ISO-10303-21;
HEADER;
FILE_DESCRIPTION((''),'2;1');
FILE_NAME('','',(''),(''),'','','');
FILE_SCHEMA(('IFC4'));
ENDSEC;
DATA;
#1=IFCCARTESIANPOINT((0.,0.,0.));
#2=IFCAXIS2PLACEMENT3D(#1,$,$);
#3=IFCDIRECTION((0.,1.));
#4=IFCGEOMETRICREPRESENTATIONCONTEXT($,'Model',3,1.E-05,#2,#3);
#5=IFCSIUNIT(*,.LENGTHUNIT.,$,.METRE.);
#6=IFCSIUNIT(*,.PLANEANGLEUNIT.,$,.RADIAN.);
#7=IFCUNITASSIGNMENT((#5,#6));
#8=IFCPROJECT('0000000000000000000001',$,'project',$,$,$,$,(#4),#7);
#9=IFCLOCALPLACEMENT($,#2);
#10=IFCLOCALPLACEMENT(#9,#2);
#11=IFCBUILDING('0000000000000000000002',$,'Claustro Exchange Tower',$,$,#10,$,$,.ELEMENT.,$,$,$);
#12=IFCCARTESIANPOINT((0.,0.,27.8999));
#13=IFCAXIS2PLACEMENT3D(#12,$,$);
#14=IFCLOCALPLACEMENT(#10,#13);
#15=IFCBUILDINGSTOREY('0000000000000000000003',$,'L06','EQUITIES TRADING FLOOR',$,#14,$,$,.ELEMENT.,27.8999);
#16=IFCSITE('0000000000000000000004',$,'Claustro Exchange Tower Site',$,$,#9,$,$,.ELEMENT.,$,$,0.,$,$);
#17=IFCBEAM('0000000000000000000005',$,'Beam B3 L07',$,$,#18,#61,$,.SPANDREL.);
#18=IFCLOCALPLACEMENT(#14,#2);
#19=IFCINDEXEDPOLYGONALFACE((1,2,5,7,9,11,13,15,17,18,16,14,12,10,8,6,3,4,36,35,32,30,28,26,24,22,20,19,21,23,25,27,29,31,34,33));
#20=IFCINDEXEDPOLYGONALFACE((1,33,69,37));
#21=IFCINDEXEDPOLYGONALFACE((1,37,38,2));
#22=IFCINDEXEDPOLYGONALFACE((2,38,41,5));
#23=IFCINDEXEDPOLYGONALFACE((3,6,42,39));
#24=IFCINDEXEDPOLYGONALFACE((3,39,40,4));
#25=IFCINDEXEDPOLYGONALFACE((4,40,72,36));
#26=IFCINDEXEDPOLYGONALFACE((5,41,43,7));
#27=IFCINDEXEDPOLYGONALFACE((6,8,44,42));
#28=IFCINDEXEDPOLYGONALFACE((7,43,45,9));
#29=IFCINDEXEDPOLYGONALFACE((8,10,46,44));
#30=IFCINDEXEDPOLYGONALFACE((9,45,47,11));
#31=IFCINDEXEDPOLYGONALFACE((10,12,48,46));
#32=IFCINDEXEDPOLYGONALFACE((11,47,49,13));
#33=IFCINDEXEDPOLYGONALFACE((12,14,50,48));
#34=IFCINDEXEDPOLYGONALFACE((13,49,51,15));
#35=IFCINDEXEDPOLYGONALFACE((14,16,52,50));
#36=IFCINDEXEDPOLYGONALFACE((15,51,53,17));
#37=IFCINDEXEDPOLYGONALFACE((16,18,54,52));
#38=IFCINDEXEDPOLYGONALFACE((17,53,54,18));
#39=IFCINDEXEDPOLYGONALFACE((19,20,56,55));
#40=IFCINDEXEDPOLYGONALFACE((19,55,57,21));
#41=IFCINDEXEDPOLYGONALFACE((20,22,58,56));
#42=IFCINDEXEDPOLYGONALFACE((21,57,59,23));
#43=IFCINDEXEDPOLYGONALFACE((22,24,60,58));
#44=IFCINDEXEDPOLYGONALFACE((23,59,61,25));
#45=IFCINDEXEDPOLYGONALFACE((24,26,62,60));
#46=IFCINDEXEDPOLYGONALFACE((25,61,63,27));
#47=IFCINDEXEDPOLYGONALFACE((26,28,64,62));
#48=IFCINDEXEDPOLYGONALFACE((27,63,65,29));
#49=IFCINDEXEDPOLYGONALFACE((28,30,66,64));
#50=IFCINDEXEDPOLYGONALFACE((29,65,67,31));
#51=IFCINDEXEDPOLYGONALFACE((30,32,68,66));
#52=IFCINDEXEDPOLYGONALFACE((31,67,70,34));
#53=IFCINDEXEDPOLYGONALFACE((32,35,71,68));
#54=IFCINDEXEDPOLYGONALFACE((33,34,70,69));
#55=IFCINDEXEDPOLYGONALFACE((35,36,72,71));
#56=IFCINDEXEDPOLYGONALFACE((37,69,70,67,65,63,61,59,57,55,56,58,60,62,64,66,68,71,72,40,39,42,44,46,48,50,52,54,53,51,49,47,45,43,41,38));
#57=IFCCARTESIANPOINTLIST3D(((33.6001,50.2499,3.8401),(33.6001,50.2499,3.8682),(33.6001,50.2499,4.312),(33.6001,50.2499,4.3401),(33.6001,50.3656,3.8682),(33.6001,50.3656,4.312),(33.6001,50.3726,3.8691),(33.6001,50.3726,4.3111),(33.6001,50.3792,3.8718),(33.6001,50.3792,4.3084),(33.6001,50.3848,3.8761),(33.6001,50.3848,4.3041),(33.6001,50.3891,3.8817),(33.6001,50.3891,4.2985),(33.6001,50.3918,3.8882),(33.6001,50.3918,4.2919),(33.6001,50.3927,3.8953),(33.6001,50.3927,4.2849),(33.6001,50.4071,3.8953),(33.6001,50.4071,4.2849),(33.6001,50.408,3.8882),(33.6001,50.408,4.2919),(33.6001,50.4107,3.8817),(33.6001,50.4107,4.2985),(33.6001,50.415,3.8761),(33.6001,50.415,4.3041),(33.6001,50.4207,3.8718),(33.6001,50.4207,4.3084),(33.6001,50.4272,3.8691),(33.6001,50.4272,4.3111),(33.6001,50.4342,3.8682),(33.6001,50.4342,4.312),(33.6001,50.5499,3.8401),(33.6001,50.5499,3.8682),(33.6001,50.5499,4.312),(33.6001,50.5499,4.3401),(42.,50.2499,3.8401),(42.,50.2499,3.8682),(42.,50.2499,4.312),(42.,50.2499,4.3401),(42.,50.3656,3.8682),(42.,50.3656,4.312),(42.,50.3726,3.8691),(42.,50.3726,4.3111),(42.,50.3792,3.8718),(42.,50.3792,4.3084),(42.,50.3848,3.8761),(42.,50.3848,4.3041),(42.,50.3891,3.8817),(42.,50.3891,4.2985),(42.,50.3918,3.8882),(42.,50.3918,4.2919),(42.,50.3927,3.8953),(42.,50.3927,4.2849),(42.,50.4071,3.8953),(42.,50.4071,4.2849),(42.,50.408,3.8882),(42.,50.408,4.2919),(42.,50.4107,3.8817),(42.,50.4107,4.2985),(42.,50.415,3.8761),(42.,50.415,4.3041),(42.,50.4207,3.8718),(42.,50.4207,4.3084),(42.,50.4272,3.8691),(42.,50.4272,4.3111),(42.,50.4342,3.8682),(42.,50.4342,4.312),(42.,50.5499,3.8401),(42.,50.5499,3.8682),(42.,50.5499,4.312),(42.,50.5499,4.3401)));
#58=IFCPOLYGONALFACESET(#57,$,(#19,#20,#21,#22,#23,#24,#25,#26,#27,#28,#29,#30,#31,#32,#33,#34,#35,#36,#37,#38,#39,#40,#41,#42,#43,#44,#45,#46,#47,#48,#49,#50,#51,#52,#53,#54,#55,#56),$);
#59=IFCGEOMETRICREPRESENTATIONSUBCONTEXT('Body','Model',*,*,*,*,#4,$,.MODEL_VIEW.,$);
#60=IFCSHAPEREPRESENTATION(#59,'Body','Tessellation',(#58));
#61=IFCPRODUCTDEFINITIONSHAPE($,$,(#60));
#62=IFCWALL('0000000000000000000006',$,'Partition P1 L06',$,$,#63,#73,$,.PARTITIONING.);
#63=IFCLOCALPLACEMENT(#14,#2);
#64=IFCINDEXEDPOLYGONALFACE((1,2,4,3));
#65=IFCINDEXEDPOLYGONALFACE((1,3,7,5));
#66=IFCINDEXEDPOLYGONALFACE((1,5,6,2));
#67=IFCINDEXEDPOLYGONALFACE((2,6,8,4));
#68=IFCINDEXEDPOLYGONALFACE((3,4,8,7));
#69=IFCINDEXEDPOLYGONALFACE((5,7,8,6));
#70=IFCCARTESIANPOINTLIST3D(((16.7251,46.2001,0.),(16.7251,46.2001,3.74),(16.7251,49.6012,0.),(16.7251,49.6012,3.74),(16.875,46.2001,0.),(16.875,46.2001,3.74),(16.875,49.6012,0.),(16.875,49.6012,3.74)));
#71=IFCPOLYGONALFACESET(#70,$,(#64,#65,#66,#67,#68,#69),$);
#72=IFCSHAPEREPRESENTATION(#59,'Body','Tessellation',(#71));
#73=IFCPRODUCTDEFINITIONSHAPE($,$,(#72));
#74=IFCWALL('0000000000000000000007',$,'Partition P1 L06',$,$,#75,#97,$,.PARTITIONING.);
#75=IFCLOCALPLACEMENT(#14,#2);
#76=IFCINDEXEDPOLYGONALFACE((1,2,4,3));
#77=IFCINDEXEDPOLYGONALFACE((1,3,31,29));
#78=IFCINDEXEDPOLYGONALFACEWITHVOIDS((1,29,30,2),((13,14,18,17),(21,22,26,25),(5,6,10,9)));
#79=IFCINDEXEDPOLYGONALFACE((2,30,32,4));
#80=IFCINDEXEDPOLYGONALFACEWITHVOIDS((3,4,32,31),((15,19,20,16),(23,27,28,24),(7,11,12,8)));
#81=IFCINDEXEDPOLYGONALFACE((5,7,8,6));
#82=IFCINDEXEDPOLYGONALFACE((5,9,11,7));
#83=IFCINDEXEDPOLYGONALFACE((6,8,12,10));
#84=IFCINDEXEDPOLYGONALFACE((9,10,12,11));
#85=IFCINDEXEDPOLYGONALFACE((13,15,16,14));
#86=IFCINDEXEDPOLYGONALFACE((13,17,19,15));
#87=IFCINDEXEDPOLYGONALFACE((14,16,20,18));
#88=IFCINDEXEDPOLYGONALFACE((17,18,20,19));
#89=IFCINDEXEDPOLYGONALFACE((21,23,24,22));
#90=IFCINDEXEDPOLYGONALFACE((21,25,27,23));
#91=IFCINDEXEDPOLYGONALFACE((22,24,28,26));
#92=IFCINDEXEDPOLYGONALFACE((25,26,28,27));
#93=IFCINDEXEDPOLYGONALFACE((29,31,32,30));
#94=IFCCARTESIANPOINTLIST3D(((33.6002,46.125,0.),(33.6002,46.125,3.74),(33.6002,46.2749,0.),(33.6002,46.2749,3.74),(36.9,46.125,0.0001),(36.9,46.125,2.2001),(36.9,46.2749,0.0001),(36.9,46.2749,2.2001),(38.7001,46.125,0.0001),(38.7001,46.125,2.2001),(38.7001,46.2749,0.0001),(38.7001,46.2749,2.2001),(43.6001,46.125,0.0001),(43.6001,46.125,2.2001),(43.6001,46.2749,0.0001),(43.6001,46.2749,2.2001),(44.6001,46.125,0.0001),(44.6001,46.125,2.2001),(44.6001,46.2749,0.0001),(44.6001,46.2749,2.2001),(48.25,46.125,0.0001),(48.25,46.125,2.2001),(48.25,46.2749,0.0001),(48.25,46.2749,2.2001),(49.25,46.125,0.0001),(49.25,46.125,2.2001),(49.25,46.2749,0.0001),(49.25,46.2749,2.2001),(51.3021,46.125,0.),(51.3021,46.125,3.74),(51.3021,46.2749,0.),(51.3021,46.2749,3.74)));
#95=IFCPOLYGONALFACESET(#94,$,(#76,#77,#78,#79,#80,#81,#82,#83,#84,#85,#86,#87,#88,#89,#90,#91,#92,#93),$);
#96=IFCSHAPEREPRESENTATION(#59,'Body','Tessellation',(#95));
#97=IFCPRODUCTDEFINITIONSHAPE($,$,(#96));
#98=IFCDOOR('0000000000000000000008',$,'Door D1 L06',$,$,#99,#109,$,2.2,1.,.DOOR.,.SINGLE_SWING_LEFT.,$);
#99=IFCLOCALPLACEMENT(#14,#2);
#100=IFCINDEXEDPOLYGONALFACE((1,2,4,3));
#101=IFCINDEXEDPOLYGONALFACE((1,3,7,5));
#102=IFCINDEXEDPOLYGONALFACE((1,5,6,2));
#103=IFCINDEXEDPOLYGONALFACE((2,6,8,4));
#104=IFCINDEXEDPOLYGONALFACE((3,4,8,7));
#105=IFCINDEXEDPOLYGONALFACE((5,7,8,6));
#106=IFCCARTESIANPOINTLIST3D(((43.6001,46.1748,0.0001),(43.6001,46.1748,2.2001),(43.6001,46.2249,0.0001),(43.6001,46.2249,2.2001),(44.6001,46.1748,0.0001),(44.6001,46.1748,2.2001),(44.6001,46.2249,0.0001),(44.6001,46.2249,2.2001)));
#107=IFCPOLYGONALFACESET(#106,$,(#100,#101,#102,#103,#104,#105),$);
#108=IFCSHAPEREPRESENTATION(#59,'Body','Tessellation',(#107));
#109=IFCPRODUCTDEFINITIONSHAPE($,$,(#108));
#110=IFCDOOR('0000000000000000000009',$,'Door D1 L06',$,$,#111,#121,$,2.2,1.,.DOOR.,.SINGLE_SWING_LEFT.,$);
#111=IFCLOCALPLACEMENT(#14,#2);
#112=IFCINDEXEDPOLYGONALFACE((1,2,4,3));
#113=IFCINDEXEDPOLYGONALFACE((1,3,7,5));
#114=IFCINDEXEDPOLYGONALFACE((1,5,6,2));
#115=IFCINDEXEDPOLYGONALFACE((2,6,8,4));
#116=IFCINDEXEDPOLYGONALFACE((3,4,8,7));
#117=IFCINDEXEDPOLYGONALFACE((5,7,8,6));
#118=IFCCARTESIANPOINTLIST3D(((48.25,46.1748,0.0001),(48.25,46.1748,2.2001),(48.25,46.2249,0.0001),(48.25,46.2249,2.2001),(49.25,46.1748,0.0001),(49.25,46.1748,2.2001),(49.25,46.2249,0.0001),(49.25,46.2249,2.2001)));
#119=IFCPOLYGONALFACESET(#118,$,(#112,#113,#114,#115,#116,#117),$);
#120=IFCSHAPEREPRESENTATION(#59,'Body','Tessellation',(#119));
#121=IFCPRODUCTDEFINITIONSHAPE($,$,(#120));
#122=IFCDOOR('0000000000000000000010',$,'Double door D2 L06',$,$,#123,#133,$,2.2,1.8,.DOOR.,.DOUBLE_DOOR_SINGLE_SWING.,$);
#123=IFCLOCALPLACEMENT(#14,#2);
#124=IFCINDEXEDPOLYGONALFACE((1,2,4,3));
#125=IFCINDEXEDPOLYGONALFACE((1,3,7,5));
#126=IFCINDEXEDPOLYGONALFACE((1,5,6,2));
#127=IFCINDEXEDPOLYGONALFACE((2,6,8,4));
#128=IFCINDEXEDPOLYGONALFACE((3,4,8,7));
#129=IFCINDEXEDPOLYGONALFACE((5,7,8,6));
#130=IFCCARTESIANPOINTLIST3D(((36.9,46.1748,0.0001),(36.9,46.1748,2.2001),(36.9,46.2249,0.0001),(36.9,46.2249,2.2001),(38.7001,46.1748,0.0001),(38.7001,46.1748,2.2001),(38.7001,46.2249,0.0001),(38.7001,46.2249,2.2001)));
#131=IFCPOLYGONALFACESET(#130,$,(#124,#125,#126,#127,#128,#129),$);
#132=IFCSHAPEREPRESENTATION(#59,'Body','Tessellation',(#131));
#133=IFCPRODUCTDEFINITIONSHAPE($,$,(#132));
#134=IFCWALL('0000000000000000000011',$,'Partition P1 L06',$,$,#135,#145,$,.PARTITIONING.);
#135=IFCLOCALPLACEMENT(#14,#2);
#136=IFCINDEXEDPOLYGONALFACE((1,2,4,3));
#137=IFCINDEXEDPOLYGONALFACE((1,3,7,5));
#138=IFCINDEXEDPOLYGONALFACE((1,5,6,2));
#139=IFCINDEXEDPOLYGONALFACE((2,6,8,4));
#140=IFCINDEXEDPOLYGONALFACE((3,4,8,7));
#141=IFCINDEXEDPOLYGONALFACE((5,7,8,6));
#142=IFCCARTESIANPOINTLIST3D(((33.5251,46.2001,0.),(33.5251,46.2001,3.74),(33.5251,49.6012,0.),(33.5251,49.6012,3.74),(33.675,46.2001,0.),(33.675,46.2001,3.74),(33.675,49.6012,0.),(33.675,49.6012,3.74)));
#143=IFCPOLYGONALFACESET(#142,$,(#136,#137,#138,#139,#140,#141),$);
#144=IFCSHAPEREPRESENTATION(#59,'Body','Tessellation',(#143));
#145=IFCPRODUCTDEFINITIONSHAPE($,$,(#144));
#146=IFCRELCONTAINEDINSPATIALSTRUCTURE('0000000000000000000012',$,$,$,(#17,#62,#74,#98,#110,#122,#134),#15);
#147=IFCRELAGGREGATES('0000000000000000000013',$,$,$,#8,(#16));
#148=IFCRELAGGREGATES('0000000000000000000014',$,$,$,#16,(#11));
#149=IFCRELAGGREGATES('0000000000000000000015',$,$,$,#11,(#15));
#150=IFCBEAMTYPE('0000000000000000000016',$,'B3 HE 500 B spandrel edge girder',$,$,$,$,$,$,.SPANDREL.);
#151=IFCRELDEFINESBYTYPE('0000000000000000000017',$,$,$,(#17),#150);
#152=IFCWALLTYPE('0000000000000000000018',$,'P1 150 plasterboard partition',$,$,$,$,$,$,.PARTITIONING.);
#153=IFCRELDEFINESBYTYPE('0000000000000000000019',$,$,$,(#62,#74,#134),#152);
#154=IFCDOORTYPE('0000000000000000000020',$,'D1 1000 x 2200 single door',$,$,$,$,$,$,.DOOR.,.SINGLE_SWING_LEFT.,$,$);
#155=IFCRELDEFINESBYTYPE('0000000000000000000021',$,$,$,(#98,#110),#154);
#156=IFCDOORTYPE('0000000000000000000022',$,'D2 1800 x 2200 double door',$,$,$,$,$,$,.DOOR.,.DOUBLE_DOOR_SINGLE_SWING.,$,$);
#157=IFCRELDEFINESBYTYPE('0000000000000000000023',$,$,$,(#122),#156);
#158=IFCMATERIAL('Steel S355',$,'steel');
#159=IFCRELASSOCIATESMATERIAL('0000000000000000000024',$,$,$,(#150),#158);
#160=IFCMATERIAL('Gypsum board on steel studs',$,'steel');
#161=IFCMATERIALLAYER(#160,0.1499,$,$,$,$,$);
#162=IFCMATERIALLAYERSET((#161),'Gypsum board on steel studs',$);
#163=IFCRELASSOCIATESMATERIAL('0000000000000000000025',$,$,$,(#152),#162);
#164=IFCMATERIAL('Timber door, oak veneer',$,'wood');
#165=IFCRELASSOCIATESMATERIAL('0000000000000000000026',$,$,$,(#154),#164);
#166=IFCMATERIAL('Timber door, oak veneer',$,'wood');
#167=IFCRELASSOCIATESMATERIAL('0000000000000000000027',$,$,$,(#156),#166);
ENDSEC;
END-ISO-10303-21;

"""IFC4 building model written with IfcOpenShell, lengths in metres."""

from ifc_helpers import new_model, si_unit, direction, frame, frame_2d, origin, origin_2d, place, context, subcontext, project, spatial, rectangle, i_section, extrude, material, layer, layer_set, material_profile, profile_set, type_object, element, fill, save


model = new_model("IFC4")

# Units and contexts
model_context = context("Model", 3, precision=1e-05, world=origin(), true_north=direction((0.0, 1.0)))
body_context = subcontext(model_context, "Body", "Model", "MODEL_VIEW")
ifc_project = project(units=[si_unit("LENGTHUNIT", "METRE"), si_unit("PLANEANGLEUNIT", "RADIAN")], contexts=[model_context])

# Site, building, storey
site_placement = place(None, origin())
site = spatial("IfcSite", under=ifc_project, at=site_placement, Name="Claustro Exchange Tower Site", CompositionType="ELEMENT", RefElevation=0.0)
building_placement = place(site_placement, origin())
building = spatial("IfcBuilding", under=site, at=building_placement, Name="Claustro Exchange Tower", CompositionType="ELEMENT")
storey_placement = place(building_placement, frame((0.0, 0.0, 27.8999)))
storey = spatial("IfcBuildingStorey", under=building, at=storey_placement, Name="L06", Description="EQUITIES TRADING FLOOR", CompositionType="ELEMENT", Elevation=27.8999)

# Beam
ifc_material_1 = material(Name="Steel S355", Category="steel")
ifc_material_profile_1 = material_profile(ifc_material_1, i_section(OverallWidth=0.3, OverallDepth=0.5, WebThickness=0.0144, FlangeThickness=0.0281, FilletRadius=0.0271, at=origin_2d()), Name="HE 500 B")
ifc_profile_set_1 = profile_set([ifc_material_profile_1], Name="Steel S355")
beam_type_1 = type_object("IfcBeamType", Name="B3 HE 500 B spandrel edge girder", PredefinedType="SPANDREL", material=ifc_profile_set_1)
beam_1_placement = place(storey_placement, frame((33.6001, 50.3999, 4.0901), z_axis=(1.0, 0.0, 0.0), x_axis=(0.0, 1.0, 0.0)))
element("IfcBeam", 1, at=beam_1_placement, inside=storey, type_object=beam_type_1, Name="Beam B3 L07", PredefinedType="SPANDREL", context=body_context, shape_type="SweptSolid", body=[
    extrude(i_section(OverallWidth=0.3, OverallDepth=0.5, WebThickness=0.0144, FlangeThickness=0.0281, FilletRadius=0.0271, at=origin_2d()), origin(), (0.0, 0.0, 1.0), 8.3999),
])

# Wall
ifc_material_2 = material(Name="Gypsum board on steel studs", Category="steel")
ifc_layer_1 = layer(ifc_material_2, 0.1499)
ifc_layer_set_1 = layer_set([ifc_layer_1], Name="Gypsum board on steel studs")
wall_type_1 = type_object("IfcWallType", Name="P1 150 plasterboard partition", PredefinedType="PARTITIONING", material=ifc_layer_set_1)
wall_1_placement = place(storey_placement, frame((16.8, 46.2, 0.0), z_axis=(0.0, 0.0, 1.0), x_axis=(0.0, 1.0, 0.0)))
element("IfcWall", 2, at=wall_1_placement, inside=storey, type_object=wall_type_1, Name="Partition P1 L06", PredefinedType="PARTITIONING", context=body_context, shape_type="SweptSolid", body=[
    extrude(rectangle(XDim=3.4011, YDim=0.1499, at=frame_2d((1.7007, 0.0))), origin(), (0.0, 0.0, 1.0), 3.74),
])

# Wall, openings, doors
wall_2_placement = place(storey_placement, frame((33.6001, 46.2, 0.0), z_axis=(0.0, 0.0, 1.0), x_axis=(1.0, 0.0, 0.0)))
wall_2 = element("IfcWall", 3, at=wall_2_placement, inside=storey, type_object=wall_type_1, Name="Partition P1 L06", PredefinedType="PARTITIONING", context=body_context, shape_type="SweptSolid", body=[
    extrude(rectangle(XDim=17.7019, YDim=0.1499, at=frame_2d((8.8511, 0.0))), origin(), (0.0, 0.0, 1.0), 3.74),
])
opening_1_placement = place(wall_2_placement, frame((3.3, 0.0, 0.0)))
opening_1 = element("IfcOpeningElement", 4, at=opening_1_placement, cuts=wall_2, PredefinedType="OPENING", context=body_context, shape_type="SweptSolid", body=[
    extrude(rectangle(XDim=1.8, YDim=2.2, at=frame_2d((0.8999, 1.1001))), frame((0.0, 0.085, 0.0), z_axis=(0.0, -1.0, 0.0), x_axis=(1.0, 0.0, 0.0)), (0.0, 0.0, 1.0), 0.1699),
])
opening_2_placement = place(wall_2_placement, frame((10.0, 0.0, 0.0)))
opening_2 = element("IfcOpeningElement", 5, at=opening_2_placement, cuts=wall_2, PredefinedType="OPENING", context=body_context, shape_type="SweptSolid", body=[
    extrude(rectangle(XDim=1.0, YDim=2.2, at=frame_2d((0.5, 1.1001))), frame((0.0, 0.085, 0.0), z_axis=(0.0, -1.0, 0.0), x_axis=(1.0, 0.0, 0.0)), (0.0, 0.0, 1.0), 0.1699),
])
opening_3_placement = place(wall_2_placement, frame((14.6499, 0.0, 0.0)))
opening_3 = element("IfcOpeningElement", 6, at=opening_3_placement, cuts=wall_2, PredefinedType="OPENING", context=body_context, shape_type="SweptSolid", body=[
    extrude(rectangle(XDim=1.0, YDim=2.2, at=frame_2d((0.5, 1.1001))), frame((0.0, 0.085, 0.0), z_axis=(0.0, -1.0, 0.0), x_axis=(1.0, 0.0, 0.0)), (0.0, 0.0, 1.0), 0.1699),
])
ifc_material_3 = material(Name="Timber door, oak veneer", Category="wood")
door_type_1 = type_object("IfcDoorType", Name="D1 1000 x 2200 single door", OperationType="SINGLE_SWING_LEFT", PredefinedType="DOOR", material=ifc_material_3)
door_1_placement = place(opening_2_placement, origin())
door_1 = element("IfcDoor", 7, at=door_1_placement, inside=storey, type_object=door_type_1, Name="Door D1 L06", OperationType="SINGLE_SWING_LEFT", OverallHeight=2.2, OverallWidth=1.0, PredefinedType="DOOR", context=body_context, shape_type="SweptSolid", body=[
    extrude(rectangle(XDim=1.0, YDim=2.2, at=frame_2d((0.5, 1.1001))), frame((0.0, 0.0249, 0.0), z_axis=(0.0, -1.0, 0.0), x_axis=(1.0, 0.0, 0.0)), (0.0, 0.0, 1.0), 0.05),
])
fill(opening_2, door_1)
door_2_placement = place(opening_3_placement, origin())
door_2 = element("IfcDoor", 8, at=door_2_placement, inside=storey, type_object=door_type_1, Name="Door D1 L06", OperationType="SINGLE_SWING_LEFT", OverallHeight=2.2, OverallWidth=1.0, PredefinedType="DOOR", context=body_context, shape_type="SweptSolid", body=[
    extrude(rectangle(XDim=1.0, YDim=2.2, at=frame_2d((0.5, 1.1001))), frame((0.0, 0.0249, 0.0), z_axis=(0.0, -1.0, 0.0), x_axis=(1.0, 0.0, 0.0)), (0.0, 0.0, 1.0), 0.05),
])
fill(opening_3, door_2)
ifc_material_4 = material(Name="Timber door, oak veneer", Category="wood")
door_type_2 = type_object("IfcDoorType", Name="D2 1800 x 2200 double door", OperationType="DOUBLE_DOOR_SINGLE_SWING", PredefinedType="DOOR", material=ifc_material_4)
door_3_placement = place(opening_1_placement, origin())
door_3 = element("IfcDoor", 9, at=door_3_placement, inside=storey, type_object=door_type_2, Name="Double door D2 L06", OperationType="DOUBLE_DOOR_SINGLE_SWING", OverallHeight=2.2, OverallWidth=1.8, PredefinedType="DOOR", context=body_context, shape_type="SweptSolid", body=[
    extrude(rectangle(XDim=1.8, YDim=2.2, at=frame_2d((0.8999, 1.1001))), frame((0.0, 0.0249, 0.0), z_axis=(0.0, -1.0, 0.0), x_axis=(1.0, 0.0, 0.0)), (0.0, 0.0, 1.0), 0.05),
])
fill(opening_1, door_3)

# Wall
wall_3_placement = place(storey_placement, frame((33.6001, 46.2, 0.0), z_axis=(0.0, 0.0, 1.0), x_axis=(0.0, 1.0, 0.0)))
element("IfcWall", 10, at=wall_3_placement, inside=storey, type_object=wall_type_1, Name="Partition P1 L06", PredefinedType="PARTITIONING", context=body_context, shape_type="SweptSolid", body=[
    extrude(rectangle(XDim=3.4011, YDim=0.1499, at=frame_2d((1.7007, 0.0))), origin(), (0.0, 0.0, 1.0), 3.74),
])

save(model, "model.ifc")
